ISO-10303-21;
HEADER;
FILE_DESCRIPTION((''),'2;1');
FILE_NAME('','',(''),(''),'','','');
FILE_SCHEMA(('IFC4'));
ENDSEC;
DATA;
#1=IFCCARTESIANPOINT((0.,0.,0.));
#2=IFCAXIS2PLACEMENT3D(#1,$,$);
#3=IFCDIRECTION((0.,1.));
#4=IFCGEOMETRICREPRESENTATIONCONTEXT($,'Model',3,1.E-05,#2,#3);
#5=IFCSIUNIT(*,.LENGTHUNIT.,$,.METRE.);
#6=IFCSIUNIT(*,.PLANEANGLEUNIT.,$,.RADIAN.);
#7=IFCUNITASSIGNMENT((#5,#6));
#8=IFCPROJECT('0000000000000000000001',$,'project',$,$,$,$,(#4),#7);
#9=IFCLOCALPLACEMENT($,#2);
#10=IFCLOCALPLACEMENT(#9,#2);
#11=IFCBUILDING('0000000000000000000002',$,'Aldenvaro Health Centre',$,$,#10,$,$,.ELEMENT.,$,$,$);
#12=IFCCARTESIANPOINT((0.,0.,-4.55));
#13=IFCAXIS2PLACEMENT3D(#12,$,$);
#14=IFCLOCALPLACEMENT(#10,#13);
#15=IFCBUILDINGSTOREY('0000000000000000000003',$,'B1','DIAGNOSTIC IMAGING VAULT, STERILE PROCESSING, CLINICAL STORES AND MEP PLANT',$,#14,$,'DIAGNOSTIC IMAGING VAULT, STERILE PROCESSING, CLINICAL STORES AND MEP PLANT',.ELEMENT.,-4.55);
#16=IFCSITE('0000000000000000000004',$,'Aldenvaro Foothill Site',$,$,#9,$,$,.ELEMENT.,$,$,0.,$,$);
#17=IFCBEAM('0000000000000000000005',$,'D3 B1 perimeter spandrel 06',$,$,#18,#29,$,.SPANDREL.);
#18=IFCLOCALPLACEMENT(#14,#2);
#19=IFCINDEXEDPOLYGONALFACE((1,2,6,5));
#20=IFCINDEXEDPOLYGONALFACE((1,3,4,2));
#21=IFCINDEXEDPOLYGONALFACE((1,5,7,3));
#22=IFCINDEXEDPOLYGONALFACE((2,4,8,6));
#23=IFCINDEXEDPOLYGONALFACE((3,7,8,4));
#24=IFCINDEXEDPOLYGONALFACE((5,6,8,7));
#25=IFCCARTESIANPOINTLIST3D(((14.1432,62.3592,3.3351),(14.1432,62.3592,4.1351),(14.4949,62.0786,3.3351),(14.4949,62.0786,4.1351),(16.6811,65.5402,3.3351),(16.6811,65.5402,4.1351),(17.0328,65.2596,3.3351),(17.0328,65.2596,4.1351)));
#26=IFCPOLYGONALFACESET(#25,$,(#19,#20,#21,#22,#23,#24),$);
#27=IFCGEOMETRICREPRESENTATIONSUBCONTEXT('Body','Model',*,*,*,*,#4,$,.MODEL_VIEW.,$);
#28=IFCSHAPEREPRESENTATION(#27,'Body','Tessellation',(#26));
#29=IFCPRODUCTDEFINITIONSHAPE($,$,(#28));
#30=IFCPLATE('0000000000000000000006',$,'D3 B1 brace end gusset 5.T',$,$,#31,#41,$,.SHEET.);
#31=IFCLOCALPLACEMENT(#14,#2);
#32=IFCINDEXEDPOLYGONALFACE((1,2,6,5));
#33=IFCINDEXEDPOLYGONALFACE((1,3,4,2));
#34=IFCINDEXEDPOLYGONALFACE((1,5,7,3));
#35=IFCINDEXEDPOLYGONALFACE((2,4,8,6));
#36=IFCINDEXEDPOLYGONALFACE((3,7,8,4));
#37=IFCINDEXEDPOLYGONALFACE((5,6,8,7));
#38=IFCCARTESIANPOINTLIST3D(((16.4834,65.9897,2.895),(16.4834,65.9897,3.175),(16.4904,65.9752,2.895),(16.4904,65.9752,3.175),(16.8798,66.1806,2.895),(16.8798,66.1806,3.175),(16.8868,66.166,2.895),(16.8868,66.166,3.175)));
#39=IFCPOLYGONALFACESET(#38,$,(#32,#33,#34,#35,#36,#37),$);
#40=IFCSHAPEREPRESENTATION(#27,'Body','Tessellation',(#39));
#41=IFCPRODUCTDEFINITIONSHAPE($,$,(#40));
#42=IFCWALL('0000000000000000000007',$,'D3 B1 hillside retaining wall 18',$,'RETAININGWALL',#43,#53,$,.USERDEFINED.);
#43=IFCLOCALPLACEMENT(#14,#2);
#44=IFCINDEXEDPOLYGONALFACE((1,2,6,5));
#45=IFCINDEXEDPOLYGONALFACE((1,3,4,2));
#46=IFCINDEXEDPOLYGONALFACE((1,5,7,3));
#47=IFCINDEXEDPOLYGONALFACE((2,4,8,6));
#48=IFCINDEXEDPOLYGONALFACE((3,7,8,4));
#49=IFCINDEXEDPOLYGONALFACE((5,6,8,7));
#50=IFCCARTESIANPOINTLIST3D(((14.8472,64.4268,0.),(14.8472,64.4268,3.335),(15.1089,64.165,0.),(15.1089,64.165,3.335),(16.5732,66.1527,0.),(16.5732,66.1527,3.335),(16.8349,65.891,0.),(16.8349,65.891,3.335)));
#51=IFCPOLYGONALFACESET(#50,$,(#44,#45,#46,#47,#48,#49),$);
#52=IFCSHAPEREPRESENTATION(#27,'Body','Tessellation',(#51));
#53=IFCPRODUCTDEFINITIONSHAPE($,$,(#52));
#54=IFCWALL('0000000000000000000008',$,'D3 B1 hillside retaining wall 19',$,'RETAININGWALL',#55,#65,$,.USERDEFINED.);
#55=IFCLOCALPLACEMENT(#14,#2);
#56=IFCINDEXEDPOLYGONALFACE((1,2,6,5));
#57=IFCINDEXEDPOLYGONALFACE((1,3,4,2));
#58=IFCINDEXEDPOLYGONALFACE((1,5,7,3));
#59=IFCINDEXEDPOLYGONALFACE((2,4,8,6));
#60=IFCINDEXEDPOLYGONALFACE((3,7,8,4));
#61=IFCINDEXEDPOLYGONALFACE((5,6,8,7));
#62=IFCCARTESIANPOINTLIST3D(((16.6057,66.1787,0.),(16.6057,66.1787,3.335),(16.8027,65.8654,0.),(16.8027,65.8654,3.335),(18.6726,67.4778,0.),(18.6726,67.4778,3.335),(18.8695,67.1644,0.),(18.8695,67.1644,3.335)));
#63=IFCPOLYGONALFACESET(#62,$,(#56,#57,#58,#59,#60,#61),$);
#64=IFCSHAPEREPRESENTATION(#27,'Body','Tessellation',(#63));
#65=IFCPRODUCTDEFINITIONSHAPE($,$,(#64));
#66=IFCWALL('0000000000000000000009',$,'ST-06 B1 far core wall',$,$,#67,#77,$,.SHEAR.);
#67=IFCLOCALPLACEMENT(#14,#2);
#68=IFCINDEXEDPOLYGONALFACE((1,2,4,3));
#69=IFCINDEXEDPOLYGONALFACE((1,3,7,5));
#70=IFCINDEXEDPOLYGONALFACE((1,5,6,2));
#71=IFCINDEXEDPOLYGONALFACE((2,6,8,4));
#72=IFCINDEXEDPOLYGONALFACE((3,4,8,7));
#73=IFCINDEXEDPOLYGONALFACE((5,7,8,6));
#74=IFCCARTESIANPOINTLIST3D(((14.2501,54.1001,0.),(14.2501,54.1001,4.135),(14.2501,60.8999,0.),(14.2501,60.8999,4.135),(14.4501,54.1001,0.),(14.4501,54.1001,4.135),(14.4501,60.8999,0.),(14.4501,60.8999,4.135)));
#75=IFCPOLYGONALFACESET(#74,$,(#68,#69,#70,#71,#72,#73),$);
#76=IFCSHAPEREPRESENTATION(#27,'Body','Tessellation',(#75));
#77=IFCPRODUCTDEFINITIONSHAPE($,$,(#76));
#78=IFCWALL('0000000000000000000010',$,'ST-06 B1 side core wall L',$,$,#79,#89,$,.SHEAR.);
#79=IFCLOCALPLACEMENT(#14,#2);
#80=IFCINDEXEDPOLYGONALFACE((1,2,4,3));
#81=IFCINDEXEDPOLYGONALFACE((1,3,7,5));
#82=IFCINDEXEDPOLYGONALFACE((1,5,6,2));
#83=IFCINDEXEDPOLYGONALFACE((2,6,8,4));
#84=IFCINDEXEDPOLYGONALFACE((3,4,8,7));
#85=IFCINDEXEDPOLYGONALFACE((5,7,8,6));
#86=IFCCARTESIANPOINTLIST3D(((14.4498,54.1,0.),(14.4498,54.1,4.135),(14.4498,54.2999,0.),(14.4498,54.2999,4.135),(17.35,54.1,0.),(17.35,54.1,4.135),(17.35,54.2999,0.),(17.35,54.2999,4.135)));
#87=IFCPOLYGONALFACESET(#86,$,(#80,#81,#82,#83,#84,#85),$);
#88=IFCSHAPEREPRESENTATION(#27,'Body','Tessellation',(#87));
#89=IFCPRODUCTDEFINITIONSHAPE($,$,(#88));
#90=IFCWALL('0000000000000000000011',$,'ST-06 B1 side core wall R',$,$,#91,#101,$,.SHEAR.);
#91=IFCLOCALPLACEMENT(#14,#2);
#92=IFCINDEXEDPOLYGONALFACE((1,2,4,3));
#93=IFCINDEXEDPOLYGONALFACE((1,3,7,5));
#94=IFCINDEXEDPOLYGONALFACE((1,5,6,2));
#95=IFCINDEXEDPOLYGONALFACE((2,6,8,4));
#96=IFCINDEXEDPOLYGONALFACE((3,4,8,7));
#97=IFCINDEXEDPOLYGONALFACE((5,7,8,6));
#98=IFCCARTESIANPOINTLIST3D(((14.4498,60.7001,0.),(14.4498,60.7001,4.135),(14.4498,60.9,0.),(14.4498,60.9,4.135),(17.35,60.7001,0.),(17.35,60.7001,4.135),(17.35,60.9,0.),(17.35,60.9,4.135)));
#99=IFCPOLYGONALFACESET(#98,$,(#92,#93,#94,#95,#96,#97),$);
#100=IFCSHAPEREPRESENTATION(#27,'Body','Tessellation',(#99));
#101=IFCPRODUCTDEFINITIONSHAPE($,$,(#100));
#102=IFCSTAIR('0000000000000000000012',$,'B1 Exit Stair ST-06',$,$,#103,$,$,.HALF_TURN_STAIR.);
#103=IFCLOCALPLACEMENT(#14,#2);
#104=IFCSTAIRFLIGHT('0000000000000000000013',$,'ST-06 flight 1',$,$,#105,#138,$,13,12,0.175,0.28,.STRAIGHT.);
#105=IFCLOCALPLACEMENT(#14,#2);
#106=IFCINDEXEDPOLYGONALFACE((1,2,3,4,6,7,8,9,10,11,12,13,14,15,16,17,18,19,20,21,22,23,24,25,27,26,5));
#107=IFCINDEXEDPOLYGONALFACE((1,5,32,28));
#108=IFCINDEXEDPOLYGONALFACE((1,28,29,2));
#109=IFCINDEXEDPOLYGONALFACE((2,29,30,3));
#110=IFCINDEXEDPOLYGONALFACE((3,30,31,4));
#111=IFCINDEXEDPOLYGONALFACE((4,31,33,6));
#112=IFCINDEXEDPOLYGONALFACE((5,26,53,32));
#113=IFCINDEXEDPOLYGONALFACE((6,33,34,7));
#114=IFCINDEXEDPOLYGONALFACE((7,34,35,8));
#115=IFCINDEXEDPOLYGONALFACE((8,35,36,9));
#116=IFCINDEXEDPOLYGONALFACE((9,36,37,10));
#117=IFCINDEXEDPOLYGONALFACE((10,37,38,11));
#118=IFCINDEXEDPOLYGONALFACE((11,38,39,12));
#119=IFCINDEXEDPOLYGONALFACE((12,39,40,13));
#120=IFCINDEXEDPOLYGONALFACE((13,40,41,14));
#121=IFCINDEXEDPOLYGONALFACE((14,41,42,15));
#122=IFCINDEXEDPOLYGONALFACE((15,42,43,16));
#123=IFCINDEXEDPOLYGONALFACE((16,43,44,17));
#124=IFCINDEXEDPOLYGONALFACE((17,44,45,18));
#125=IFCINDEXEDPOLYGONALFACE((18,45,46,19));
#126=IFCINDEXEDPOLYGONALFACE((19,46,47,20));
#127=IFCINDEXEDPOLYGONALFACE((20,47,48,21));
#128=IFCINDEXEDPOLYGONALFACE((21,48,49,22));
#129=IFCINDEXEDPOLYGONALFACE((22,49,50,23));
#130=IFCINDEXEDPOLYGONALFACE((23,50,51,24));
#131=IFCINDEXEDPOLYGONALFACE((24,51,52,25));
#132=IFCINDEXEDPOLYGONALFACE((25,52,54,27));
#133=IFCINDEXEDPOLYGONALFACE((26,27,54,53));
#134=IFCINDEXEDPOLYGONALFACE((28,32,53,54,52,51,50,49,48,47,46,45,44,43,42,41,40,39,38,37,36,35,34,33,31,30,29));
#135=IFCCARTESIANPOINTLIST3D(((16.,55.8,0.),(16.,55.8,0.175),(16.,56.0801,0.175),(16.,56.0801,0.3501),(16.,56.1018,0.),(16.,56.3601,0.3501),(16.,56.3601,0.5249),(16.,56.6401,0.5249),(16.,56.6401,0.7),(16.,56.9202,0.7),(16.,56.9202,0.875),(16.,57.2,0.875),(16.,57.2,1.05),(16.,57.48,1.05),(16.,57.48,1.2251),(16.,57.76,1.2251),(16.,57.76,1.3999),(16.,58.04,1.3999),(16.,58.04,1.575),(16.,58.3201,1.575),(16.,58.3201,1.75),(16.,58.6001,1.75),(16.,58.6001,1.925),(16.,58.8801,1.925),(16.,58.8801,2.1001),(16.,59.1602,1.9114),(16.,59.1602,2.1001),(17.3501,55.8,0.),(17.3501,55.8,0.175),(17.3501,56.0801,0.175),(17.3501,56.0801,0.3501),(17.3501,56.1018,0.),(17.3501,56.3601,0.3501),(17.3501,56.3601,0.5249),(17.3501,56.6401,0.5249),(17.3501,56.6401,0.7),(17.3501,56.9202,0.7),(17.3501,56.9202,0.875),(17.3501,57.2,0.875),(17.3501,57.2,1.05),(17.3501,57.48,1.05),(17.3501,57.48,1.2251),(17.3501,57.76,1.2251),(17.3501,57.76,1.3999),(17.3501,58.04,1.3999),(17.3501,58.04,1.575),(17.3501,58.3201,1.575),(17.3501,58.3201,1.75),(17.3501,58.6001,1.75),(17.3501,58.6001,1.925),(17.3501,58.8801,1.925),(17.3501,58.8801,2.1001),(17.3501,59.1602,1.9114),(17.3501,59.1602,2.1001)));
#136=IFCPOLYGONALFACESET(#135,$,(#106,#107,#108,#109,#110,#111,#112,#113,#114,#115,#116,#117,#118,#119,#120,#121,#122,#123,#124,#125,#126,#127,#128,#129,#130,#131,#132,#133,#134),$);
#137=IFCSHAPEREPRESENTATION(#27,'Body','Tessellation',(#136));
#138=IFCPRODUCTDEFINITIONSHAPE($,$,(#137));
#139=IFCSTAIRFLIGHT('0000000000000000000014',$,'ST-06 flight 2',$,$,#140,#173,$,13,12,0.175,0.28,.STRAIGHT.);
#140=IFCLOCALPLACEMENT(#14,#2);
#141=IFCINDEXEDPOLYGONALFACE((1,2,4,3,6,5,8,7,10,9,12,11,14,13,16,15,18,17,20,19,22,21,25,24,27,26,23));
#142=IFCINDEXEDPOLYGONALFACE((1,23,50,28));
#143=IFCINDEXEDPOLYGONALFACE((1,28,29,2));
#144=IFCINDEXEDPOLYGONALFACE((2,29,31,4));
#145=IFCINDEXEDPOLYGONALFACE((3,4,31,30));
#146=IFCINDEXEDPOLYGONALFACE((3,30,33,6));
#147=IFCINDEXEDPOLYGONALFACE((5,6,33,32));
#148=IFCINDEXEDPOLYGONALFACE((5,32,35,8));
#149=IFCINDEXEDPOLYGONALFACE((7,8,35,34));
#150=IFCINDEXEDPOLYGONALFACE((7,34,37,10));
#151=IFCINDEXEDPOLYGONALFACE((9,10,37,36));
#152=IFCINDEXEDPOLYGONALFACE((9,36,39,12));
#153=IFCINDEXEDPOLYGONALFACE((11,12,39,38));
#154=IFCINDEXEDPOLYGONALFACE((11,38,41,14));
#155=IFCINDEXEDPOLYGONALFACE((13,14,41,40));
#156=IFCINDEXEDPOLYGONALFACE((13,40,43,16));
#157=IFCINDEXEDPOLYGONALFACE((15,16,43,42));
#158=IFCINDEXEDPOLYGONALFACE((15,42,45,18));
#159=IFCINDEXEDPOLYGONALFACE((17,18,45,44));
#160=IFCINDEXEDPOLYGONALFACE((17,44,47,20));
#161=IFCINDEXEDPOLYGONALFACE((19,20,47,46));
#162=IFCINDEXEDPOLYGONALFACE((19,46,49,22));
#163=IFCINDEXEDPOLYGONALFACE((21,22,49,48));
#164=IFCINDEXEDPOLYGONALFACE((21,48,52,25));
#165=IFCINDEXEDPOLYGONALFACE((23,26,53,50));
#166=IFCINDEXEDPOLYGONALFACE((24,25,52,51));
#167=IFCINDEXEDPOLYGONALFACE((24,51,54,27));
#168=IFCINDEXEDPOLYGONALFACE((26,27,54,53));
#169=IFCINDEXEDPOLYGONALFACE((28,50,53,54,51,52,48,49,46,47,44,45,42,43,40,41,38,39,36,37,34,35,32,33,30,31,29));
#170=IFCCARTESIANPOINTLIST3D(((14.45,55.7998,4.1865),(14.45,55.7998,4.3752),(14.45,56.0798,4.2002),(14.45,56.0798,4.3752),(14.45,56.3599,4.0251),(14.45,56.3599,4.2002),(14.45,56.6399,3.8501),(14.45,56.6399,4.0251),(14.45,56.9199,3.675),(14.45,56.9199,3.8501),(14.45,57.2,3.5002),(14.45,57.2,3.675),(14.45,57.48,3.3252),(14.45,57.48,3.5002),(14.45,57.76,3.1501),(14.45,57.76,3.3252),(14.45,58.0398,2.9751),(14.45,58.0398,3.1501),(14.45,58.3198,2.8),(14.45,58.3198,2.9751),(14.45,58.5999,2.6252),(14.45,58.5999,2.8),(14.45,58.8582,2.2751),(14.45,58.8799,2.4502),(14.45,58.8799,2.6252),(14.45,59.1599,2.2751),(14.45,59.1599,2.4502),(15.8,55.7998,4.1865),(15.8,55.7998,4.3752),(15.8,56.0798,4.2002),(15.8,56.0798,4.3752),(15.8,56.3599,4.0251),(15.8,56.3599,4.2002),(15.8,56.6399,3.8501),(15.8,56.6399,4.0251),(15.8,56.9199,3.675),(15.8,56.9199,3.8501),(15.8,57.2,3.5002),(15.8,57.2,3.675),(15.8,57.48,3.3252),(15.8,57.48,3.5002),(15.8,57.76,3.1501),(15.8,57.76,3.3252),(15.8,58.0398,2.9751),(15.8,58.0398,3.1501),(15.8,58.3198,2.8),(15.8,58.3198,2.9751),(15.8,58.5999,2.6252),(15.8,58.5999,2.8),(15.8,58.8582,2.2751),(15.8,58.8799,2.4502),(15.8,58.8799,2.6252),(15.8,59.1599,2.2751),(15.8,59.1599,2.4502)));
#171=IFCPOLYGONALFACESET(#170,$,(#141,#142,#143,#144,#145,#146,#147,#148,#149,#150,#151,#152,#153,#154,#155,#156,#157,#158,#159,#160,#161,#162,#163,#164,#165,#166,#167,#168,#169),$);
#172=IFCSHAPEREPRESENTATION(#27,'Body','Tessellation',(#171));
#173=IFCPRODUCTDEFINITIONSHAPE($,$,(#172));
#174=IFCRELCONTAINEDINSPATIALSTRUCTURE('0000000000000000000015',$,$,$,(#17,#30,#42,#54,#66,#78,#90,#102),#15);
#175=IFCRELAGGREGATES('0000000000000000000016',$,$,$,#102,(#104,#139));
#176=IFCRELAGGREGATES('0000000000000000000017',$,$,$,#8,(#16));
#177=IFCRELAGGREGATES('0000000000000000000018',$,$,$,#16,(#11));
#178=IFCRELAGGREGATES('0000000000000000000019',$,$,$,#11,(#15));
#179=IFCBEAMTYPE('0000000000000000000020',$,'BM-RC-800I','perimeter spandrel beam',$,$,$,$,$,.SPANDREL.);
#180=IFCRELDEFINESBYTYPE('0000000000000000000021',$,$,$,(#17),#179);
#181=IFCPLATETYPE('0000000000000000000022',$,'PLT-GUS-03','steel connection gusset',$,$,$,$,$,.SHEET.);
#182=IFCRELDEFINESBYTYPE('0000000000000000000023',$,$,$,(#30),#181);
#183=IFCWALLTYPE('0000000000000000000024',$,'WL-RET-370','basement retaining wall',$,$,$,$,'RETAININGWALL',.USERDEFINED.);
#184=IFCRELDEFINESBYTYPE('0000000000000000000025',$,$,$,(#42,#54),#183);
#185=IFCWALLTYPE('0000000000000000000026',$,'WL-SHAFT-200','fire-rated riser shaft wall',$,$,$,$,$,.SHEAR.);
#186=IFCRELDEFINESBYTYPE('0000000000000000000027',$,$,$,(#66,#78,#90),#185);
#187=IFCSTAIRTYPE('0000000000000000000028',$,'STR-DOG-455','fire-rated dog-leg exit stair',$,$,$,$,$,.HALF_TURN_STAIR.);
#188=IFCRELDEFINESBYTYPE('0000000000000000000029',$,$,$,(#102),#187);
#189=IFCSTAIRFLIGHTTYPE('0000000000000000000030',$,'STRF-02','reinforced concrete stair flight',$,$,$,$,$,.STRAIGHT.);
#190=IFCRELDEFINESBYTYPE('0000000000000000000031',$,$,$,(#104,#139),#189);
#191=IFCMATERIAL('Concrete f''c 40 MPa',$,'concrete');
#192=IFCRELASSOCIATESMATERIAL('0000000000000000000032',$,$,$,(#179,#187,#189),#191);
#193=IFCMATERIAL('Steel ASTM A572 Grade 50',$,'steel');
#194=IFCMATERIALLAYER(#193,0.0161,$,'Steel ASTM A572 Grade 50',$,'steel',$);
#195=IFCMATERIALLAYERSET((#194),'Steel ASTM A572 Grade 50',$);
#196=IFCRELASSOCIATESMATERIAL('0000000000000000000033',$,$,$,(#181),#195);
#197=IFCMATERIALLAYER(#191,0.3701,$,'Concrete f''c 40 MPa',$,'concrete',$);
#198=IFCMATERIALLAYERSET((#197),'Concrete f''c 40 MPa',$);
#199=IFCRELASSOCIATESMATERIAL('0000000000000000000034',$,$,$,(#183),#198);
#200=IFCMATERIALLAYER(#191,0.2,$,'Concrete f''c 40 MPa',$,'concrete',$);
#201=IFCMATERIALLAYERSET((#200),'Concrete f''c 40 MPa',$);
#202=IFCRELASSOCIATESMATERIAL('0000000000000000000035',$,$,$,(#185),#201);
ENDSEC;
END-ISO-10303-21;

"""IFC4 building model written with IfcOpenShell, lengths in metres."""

from ifc_helpers import new_model, si_unit, direction, frame, frame_2d, origin, origin_2d, place, context, subcontext, project, spatial, polyline, rectangle, outline, extrude, material, layer, layer_set, material_profile, profile_set, type_object, element, aggregate, save


model = new_model("IFC4")

# Units and contexts
model_context = context("Model", 3, precision=1e-05, world=origin(), true_north=direction((0.0, 1.0)))
body_context = subcontext(model_context, "Body", "Model", "MODEL_VIEW")
ifc_project = project(units=[si_unit("LENGTHUNIT", "METRE"), si_unit("PLANEANGLEUNIT", "RADIAN")], contexts=[model_context])

# Site, building, storey
site_placement = place(None, origin())
site = spatial("IfcSite", under=ifc_project, at=site_placement, Name="Aldenvaro Foothill Site", CompositionType="ELEMENT", RefElevation=0.0)
building_placement = place(site_placement, origin())
building = spatial("IfcBuilding", under=site, at=building_placement, Name="Aldenvaro Health Centre", CompositionType="ELEMENT")
storey_placement = place(building_placement, frame((0.0, 0.0, -4.55)))
storey = spatial("IfcBuildingStorey", under=building, at=storey_placement, Name="B1", Description="DIAGNOSTIC IMAGING VAULT, STERILE PROCESSING, CLINICAL STORES AND MEP PLANT", LongName="DIAGNOSTIC IMAGING VAULT, STERILE PROCESSING, CLINICAL STORES AND MEP PLANT", CompositionType="ELEMENT", Elevation=-4.55)

# Shared definitions
ifc_material_1 = material(Name="Concrete f'c 40 MPa", Category="concrete")

# Beam
ifc_material_profile_1 = material_profile(ifc_material_1, rectangle(XDim=0.45, YDim=0.8, at=origin_2d()), Name="RC 450x800", Category="concrete")
ifc_profile_set_1 = profile_set([ifc_material_profile_1], Name="Concrete f'c 40 MPa")
beam_type_1 = type_object("IfcBeamType", Name="BM-RC-800I", Description="perimeter spandrel beam", PredefinedType="SPANDREL", material=ifc_profile_set_1)
beam_1_placement = place(storey_placement, frame((16.8569, 65.3999, 3.7351), z_axis=(-0.623663, -0.781693, 0.0), x_axis=(0.781693, -0.623663, 0.0)))
element("IfcBeam", 1, at=beam_1_placement, inside=storey, type_object=beam_type_1, Name="D3 B1 perimeter spandrel 06", PredefinedType="SPANDREL", context=body_context, shape_type="SweptSolid", body=[
    extrude(rectangle(XDim=0.45, YDim=0.8, at=origin_2d()), origin(), (0.0, 0.0, 1.0), 4.0693),
])

# Plate
ifc_material_2 = material(Name="Steel ASTM A572 Grade 50", Category="steel")
ifc_layer_1 = layer(ifc_material_2, 0.0161, Name="Steel ASTM A572 Grade 50", Category="steel")
ifc_layer_set_1 = layer_set([ifc_layer_1], Name="Steel ASTM A572 Grade 50")
plate_type = type_object("IfcPlateType", Name="PLT-GUS-03", Description="steel connection gusset", PredefinedType="SHEET", material=ifc_layer_set_1)
plate_placement = place(storey_placement, frame((16.6851, 66.0779, 2.895), z_axis=(0.0, 0.0, 1.0), x_axis=(-0.901024, -0.433769, 0.0)))
element("IfcPlate", 2, at=plate_placement, inside=storey, type_object=plate_type, Name="D3 B1 brace end gusset 5.T", PredefinedType="SHEET", context=body_context, shape_type="SweptSolid", body=[
    extrude(rectangle(XDim=0.4399, YDim=0.0161, at=origin_2d()), origin(), (0.0, 0.0, 1.0), 0.28),
])

# Walls
ifc_layer_2 = layer(ifc_material_1, 0.3701, Name="Concrete f'c 40 MPa", Category="concrete")
ifc_layer_set_2 = layer_set([ifc_layer_2], Name="Concrete f'c 40 MPa")
wall_type_1 = type_object("IfcWallType", Name="WL-RET-370", Description="basement retaining wall", ElementType="RETAININGWALL", PredefinedType="USERDEFINED", material=ifc_layer_set_2)
wall_1_placement = place(storey_placement, frame((14.978, 64.2959, 0.0), z_axis=(0.0, 0.0, 1.0), x_axis=(0.707107, 0.707107, 0.0)))
element("IfcWall", 3, at=wall_1_placement, inside=storey, type_object=wall_type_1, Name="D3 B1 hillside retaining wall 18", ObjectType="RETAININGWALL", PredefinedType="USERDEFINED", context=body_context, shape_type="SweptSolid", body=[
    extrude(rectangle(XDim=2.4409, YDim=0.3701, at=frame_2d((1.2205, 0.0))), origin(), (0.0, 0.0, 1.0), 3.335),
])
wall_2_placement = place(storey_placement, frame((16.7041, 66.022, 0.0), z_axis=(0.0, 0.0, 1.0), x_axis=(0.846658, 0.532137, 0.0)))
element("IfcWall", 4, at=wall_2_placement, inside=storey, type_object=wall_type_1, Name="D3 B1 hillside retaining wall 19", ObjectType="RETAININGWALL", PredefinedType="USERDEFINED", context=body_context, shape_type="SweptSolid", body=[
    extrude(rectangle(XDim=2.4412, YDim=0.3701, at=frame_2d((1.2207, 0.0))), origin(), (0.0, 0.0, 1.0), 3.335),
])
ifc_layer_3 = layer(ifc_material_1, 0.2, Name="Concrete f'c 40 MPa", Category="concrete")
ifc_layer_set_3 = layer_set([ifc_layer_3], Name="Concrete f'c 40 MPa")
wall_type_2 = type_object("IfcWallType", Name="WL-SHAFT-200", Description="fire-rated riser shaft wall", PredefinedType="SHEAR", material=ifc_layer_set_3)
wall_3_placement = place(storey_placement, frame((14.3501, 54.1001, 0.0), z_axis=(0.0, 0.0, 1.0), x_axis=(0.0, 1.0, 0.0)))
element("IfcWall", 5, at=wall_3_placement, inside=storey, type_object=wall_type_2, Name="ST-06 B1 far core wall", PredefinedType="SHEAR", context=body_context, shape_type="SweptSolid", body=[
    extrude(rectangle(XDim=6.7998, YDim=0.2, at=frame_2d((3.3999, 0.0))), origin(), (0.0, 0.0, 1.0), 4.135),
])
for number, where, z_axis, x_axis, name in (
    (6, (17.3501, 54.2, 0.0), (0.0, 0.0, 1.0), (-1.0, 0.0, 0.0), "ST-06 B1 side core wall L"),
    (7, (17.3501, 60.8, 0.0), (0.0, 0.0, 1.0), (-1.0, 0.0, 0.0), "ST-06 B1 side core wall R"),
):
    element("IfcWall", number, at=place(storey_placement, frame(where, z_axis=z_axis, x_axis=x_axis)), inside=storey, type_object=wall_type_2, Name=name, PredefinedType="SHEAR", context=body_context, shape_type="SweptSolid", body=[
        extrude(rectangle(XDim=2.9001, YDim=0.2, at=frame_2d((1.4502, 0.0))), origin(), (0.0, 0.0, 1.0), 4.135),
    ])

# Stair, stair flights
stair_type = type_object("IfcStairType", Name="STR-DOG-455", Description="fire-rated dog-leg exit stair", PredefinedType="HALF_TURN_STAIR", material=ifc_material_1)
stair_placement = place(storey_placement, origin())
stair = element("IfcStair", 8, at=stair_placement, inside=storey, type_object=stair_type, Name="B1 Exit Stair ST-06", PredefinedType="HALF_TURN_STAIR")
stair_flight_type = type_object("IfcStairFlightType", Name="STRF-02", Description="reinforced concrete stair flight", PredefinedType="STRAIGHT", material=ifc_material_1)
stair_flight_1_placement = place(storey_placement, frame((16.675, 55.8, 0.0), z_axis=(0.0, 0.0, 1.0), x_axis=(0.0, 1.0, 0.0)))
stair_flight_1 = element("IfcStairFlight", 9, at=stair_flight_1_placement, type_object=stair_flight_type, Name="ST-06 flight 1", NumberOfRisers=13, NumberOfTreads=12, PredefinedType="STRAIGHT", RiserHeight=0.175, TreadLength=0.28, context=body_context, shape_type="SweptSolid", body=[
    extrude(outline(polyline([(0.0, 0.0), (0.0, 0.175), (0.28, 0.175), (0.28, 0.3501), (0.5601, 0.3501), (0.5601, 0.5249), (0.8401, 0.5249), (0.8401, 0.7), (1.1201, 0.7), (1.1201, 0.875), (1.3999, 0.875), (1.3999, 1.05), (1.6799, 1.05), (1.6799, 1.2251), (1.96, 1.2251), (1.96, 1.3999), (2.24, 1.3999), (2.24, 1.575), (2.52, 1.575), (2.52, 1.75), (2.8, 1.75), (2.8, 1.925), (3.0801, 1.925), (3.0801, 2.1001), (3.3601, 2.1001), (3.3601, 2.2749), (3.3601, 1.9114), (0.3018, 0.0), (0.0, 0.0)])), frame((0.0, 0.675, 0.0), z_axis=(0.0, -1.0, 0.0), x_axis=(1.0, 0.0, 0.0)), (0.0, 0.0, 1.0), 1.3501),
])
stair_flight_2_placement = place(storey_placement, frame((15.125, 59.1599, 2.2751), z_axis=(0.0, 0.0, 1.0), x_axis=(0.0, -1.0, 0.0)))
stair_flight_2 = element("IfcStairFlight", 10, at=stair_flight_2_placement, type_object=stair_flight_type, Name="ST-06 flight 2", NumberOfRisers=13, NumberOfTreads=12, PredefinedType="STRAIGHT", RiserHeight=0.175, TreadLength=0.28, context=body_context, shape_type="SweptSolid", body=[
    extrude(outline(polyline([(0.0, 0.0), (0.0, 0.175), (0.28, 0.175), (0.28, 0.3501), (0.5601, 0.3501), (0.5601, 0.5249), (0.8401, 0.5249), (0.8401, 0.7), (1.1201, 0.7), (1.1201, 0.875), (1.3999, 0.875), (1.3999, 1.05), (1.6799, 1.05), (1.6799, 1.2251), (1.96, 1.2251), (1.96, 1.3999), (2.24, 1.3999), (2.24, 1.575), (2.52, 1.575), (2.52, 1.75), (2.8, 1.75), (2.8, 1.925), (3.0801, 1.925), (3.0801, 2.1001), (3.3601, 2.1001), (3.3601, 2.2749), (3.3601, 1.9114), (0.3018, 0.0), (0.0, 0.0)])), frame((0.0, 0.675, 0.0), z_axis=(0.0, -1.0, 0.0), x_axis=(1.0, 0.0, 0.0)), (0.0, 0.0, 1.0), 1.3501),
])
aggregate(stair, [stair_flight_1, stair_flight_2])

save(model, "model.ifc")
